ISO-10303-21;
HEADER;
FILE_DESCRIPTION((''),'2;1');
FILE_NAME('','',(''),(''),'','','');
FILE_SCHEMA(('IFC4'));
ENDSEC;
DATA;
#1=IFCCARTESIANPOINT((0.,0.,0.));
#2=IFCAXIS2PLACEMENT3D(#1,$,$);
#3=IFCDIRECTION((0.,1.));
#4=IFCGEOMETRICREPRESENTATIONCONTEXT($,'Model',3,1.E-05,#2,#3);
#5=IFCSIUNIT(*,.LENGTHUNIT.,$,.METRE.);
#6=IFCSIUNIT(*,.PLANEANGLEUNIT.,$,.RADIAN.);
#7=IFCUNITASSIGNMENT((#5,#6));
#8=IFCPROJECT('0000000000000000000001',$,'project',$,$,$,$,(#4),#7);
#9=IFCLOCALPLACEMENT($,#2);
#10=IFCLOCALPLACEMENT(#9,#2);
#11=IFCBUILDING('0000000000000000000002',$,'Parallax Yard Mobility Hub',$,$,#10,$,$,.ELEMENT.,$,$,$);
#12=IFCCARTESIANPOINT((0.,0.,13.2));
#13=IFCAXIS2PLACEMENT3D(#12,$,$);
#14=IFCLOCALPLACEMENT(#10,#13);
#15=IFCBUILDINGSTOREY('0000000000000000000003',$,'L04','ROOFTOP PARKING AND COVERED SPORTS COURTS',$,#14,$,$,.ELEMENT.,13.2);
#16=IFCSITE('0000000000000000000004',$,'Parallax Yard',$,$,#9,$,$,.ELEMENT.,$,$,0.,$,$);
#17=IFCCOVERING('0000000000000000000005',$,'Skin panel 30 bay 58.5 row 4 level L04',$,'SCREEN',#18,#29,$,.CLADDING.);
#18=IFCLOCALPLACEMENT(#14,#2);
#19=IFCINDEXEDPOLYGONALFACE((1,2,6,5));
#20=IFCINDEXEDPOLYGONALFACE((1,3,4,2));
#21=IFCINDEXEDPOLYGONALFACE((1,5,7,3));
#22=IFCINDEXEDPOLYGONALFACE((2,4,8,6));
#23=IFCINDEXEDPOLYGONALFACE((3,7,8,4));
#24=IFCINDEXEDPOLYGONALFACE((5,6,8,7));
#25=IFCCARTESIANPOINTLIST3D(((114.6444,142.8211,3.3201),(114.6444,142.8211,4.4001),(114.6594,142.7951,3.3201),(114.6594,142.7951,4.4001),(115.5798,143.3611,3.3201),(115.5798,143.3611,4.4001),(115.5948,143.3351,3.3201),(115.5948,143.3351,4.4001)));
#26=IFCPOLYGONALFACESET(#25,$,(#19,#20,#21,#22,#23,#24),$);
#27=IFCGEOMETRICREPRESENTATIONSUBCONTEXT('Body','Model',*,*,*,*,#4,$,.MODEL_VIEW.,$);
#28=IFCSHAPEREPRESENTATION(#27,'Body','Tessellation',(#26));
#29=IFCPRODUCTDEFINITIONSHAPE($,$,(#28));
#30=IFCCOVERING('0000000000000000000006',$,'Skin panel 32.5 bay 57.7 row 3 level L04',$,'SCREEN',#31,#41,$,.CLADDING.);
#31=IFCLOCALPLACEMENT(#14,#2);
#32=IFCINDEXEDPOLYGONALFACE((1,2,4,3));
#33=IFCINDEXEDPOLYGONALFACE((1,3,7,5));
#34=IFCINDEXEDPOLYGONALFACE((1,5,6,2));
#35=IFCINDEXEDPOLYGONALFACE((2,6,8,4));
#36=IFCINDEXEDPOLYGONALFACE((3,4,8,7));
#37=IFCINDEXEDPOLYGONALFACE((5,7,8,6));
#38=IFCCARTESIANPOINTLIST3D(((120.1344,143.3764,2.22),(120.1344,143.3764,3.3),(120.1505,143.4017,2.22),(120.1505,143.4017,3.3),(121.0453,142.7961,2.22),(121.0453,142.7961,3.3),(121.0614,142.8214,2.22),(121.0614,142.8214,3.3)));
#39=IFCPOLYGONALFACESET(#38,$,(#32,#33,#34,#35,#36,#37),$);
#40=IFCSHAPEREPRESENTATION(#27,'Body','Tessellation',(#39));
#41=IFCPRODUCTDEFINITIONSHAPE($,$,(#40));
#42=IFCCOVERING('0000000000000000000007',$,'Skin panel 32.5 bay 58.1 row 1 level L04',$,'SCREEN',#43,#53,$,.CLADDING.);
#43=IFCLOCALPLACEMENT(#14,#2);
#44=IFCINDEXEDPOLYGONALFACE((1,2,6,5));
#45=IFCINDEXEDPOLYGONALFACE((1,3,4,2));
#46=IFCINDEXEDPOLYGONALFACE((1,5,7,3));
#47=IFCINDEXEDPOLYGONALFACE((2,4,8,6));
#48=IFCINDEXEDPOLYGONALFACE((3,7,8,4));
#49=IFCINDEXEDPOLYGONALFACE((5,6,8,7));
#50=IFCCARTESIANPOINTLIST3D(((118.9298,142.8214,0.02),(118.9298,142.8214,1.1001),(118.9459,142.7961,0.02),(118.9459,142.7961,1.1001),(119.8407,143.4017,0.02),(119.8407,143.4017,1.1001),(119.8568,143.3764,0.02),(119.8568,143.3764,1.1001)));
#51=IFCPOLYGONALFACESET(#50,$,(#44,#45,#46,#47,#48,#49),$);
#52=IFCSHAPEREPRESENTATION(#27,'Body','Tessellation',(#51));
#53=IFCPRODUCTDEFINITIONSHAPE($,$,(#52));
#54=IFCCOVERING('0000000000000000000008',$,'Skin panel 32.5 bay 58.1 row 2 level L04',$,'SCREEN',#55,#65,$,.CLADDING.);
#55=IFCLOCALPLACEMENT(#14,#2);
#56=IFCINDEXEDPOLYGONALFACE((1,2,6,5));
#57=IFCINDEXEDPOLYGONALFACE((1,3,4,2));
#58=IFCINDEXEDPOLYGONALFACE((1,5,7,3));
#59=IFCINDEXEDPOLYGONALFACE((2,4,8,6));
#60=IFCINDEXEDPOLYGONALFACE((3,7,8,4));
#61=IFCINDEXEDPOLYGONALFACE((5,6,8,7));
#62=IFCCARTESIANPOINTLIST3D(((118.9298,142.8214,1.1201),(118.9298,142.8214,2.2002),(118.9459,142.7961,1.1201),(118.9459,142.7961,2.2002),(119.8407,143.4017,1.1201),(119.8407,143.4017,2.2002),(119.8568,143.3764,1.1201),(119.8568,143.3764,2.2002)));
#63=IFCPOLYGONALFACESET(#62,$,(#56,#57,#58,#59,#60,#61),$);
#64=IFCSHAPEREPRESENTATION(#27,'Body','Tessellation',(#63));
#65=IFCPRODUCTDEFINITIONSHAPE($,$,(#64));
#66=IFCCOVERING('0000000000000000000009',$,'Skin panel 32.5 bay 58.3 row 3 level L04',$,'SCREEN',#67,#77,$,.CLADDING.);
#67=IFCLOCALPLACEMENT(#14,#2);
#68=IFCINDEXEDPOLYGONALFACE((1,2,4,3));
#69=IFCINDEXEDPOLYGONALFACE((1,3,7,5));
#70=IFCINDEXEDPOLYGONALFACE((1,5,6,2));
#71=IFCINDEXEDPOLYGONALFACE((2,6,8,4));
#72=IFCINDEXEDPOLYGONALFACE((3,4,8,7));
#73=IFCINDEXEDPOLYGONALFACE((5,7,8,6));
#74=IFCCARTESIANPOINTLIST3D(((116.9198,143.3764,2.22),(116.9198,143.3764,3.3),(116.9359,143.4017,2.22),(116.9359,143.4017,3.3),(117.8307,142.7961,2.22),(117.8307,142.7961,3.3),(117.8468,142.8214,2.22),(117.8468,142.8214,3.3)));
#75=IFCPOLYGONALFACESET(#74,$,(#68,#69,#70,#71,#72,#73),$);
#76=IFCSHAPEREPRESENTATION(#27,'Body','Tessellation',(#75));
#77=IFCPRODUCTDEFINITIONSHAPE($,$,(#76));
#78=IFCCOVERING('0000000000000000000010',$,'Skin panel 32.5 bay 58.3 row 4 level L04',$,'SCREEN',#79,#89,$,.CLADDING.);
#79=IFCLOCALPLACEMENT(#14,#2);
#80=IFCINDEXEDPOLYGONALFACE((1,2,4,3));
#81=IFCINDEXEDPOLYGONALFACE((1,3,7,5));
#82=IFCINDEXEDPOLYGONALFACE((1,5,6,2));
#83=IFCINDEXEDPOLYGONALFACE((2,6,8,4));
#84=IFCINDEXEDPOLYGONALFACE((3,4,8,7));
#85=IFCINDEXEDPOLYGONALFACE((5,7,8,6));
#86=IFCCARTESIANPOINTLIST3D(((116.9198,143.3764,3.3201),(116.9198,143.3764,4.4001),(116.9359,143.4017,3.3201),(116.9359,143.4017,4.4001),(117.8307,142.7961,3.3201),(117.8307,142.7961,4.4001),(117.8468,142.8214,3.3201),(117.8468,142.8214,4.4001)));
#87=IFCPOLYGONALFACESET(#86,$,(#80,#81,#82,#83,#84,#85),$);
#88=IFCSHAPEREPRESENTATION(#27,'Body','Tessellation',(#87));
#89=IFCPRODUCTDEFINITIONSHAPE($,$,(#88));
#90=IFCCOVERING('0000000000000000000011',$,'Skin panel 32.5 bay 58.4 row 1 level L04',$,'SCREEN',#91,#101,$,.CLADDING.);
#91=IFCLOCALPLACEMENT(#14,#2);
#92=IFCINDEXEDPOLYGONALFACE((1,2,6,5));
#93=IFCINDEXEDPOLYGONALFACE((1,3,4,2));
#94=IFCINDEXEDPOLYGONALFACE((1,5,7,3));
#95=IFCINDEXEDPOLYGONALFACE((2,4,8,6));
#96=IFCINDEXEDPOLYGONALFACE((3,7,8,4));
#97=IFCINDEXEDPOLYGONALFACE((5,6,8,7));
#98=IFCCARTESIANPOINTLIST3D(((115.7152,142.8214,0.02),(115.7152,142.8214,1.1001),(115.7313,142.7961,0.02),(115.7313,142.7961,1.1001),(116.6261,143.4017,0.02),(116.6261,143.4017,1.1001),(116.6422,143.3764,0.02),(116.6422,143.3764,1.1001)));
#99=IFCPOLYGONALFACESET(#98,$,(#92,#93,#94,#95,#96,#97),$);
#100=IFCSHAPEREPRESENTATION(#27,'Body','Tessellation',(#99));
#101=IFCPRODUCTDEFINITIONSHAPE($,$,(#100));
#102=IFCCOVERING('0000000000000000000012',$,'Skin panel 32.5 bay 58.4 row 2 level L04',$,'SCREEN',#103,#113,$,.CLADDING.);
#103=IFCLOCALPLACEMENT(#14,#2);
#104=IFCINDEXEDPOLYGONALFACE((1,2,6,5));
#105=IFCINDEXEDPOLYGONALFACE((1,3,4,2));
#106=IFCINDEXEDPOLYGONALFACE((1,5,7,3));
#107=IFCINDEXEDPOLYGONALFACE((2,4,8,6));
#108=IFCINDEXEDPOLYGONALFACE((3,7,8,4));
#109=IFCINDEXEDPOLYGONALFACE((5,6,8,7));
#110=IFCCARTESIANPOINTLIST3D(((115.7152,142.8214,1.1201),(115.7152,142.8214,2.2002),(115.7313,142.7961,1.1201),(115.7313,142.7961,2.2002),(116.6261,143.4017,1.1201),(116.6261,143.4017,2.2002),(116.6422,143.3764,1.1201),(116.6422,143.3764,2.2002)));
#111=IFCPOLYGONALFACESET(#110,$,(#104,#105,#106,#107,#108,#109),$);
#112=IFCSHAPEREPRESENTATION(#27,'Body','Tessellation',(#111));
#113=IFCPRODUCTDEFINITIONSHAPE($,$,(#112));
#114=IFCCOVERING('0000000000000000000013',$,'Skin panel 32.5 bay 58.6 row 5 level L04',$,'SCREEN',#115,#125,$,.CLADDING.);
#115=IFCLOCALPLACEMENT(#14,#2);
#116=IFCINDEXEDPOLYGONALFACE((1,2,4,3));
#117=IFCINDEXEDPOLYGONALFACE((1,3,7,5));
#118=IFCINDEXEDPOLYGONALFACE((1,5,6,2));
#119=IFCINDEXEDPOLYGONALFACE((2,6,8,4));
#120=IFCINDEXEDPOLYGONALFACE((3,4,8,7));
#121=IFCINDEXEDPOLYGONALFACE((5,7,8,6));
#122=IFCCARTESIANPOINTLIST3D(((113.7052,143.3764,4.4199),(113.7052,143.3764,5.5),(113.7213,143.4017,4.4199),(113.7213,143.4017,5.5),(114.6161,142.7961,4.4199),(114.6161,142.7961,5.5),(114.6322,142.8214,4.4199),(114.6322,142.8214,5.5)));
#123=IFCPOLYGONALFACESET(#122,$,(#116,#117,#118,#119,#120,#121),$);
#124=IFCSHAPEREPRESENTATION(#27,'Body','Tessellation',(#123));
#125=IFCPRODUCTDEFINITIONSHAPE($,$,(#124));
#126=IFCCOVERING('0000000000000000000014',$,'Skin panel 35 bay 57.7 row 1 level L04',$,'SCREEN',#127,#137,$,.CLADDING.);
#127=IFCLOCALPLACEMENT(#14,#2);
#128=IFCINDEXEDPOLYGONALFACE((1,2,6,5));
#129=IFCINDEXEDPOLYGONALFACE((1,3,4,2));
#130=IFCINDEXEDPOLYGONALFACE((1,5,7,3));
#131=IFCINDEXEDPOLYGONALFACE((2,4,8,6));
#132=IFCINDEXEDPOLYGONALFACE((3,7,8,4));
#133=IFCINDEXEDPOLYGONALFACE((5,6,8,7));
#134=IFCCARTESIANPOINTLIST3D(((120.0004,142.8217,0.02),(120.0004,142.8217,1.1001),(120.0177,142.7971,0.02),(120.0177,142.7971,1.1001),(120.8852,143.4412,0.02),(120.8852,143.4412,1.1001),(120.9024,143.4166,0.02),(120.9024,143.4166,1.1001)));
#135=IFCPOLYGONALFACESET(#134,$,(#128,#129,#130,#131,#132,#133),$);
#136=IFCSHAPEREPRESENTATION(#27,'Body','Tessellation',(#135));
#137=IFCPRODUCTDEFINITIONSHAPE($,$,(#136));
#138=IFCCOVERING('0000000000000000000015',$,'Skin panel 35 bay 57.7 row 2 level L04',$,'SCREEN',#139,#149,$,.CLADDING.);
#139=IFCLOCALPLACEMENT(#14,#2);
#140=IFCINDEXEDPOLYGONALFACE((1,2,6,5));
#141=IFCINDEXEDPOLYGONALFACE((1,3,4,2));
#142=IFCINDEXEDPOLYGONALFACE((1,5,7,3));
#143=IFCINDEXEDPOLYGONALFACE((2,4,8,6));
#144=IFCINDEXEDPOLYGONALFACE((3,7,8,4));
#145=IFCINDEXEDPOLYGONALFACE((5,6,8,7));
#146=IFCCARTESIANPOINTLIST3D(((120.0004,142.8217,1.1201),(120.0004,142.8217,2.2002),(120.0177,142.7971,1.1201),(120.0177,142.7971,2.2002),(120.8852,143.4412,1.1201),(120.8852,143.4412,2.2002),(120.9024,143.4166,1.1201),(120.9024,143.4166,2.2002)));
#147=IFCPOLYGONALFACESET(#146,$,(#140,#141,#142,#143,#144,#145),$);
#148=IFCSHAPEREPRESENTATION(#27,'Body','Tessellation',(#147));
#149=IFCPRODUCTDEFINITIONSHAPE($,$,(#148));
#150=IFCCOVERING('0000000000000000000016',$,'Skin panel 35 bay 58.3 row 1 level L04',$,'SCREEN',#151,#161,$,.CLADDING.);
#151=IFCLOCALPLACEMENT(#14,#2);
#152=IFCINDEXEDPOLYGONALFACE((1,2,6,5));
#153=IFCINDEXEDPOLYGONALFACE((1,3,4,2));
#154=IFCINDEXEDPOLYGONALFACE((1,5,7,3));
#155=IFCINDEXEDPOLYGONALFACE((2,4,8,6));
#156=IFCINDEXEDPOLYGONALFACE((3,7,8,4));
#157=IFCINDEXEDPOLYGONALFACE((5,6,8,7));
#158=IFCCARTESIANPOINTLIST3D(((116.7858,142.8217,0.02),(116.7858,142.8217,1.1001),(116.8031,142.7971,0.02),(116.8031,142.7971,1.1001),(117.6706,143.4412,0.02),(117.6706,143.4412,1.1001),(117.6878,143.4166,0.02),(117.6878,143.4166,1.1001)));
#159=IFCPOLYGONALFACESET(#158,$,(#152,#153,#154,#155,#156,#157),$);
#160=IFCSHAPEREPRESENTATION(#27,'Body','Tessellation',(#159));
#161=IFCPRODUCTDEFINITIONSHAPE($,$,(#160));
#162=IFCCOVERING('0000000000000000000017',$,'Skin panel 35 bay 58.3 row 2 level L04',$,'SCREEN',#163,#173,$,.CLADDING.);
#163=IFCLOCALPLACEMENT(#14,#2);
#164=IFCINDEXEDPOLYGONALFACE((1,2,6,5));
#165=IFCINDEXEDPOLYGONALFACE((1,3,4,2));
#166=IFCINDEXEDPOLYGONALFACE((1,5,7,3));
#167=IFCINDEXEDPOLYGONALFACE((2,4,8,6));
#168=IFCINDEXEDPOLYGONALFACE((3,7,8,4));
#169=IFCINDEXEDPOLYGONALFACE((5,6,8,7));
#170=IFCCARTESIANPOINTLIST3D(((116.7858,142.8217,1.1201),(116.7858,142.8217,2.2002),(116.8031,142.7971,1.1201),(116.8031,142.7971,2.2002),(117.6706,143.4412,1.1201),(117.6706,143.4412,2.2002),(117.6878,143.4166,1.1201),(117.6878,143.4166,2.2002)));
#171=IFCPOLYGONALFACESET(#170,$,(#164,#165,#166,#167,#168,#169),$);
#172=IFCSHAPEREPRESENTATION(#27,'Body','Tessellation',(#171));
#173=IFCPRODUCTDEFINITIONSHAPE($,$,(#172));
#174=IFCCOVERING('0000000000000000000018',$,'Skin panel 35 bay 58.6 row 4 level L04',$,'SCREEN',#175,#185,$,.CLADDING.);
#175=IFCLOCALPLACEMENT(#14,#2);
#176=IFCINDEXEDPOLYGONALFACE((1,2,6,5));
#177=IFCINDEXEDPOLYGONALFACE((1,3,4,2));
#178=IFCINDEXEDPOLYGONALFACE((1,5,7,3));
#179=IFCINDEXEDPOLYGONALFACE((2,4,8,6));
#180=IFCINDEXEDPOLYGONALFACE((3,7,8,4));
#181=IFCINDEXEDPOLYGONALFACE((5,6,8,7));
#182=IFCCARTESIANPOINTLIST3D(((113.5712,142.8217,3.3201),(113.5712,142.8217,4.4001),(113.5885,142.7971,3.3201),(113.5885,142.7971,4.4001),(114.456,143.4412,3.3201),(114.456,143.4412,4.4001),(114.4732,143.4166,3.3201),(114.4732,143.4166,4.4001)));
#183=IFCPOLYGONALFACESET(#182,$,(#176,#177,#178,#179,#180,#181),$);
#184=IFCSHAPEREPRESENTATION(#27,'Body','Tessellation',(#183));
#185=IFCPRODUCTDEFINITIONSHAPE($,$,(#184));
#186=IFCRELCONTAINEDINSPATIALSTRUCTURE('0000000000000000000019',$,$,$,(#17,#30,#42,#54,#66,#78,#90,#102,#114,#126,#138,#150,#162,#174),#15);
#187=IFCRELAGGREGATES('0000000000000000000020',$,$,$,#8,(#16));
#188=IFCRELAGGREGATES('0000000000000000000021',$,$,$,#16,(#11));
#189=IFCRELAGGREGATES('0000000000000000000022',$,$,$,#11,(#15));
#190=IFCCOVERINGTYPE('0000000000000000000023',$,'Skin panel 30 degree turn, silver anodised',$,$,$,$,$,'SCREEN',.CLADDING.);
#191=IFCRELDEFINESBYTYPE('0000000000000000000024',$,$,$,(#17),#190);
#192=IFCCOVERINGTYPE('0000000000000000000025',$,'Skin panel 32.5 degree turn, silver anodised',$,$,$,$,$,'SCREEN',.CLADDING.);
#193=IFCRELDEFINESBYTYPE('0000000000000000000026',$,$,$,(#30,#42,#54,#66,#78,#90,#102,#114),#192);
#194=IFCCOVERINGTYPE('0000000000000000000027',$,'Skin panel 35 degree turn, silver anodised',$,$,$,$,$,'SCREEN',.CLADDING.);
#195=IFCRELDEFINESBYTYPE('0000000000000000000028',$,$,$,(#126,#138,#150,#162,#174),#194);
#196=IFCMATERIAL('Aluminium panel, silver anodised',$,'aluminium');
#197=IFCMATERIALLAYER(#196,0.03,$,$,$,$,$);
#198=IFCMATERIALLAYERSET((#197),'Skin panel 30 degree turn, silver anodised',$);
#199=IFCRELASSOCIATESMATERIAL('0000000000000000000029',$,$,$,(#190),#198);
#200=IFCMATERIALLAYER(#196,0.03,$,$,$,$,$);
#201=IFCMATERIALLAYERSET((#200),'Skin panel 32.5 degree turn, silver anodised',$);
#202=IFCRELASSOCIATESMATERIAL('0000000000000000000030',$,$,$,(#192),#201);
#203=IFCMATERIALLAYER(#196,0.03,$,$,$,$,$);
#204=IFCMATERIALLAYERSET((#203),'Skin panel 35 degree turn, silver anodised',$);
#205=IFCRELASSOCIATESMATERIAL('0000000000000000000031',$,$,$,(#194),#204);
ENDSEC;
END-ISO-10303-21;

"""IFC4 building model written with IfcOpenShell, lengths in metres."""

from ifc_helpers import new_model, si_unit, direction, frame, origin, origin_2d, place, context, subcontext, project, spatial, rectangle, extrude, material, layer, layer_set, type_object, element, save


model = new_model("IFC4")

# Units and contexts
model_context = context("Model", 3, precision=1e-05, world=origin(), true_north=direction((0.0, 1.0)))
body_context = subcontext(model_context, "Body", "Model", "MODEL_VIEW")
ifc_project = project(units=[si_unit("LENGTHUNIT", "METRE"), si_unit("PLANEANGLEUNIT", "RADIAN")], contexts=[model_context])

# Site, building, storey
site_placement = place(None, origin())
site = spatial("IfcSite", under=ifc_project, at=site_placement, Name="Parallax Yard", CompositionType="ELEMENT", RefElevation=0.0)
building_placement = place(site_placement, origin())
building = spatial("IfcBuilding", under=site, at=building_placement, Name="Parallax Yard Mobility Hub", CompositionType="ELEMENT")
storey_placement = place(building_placement, frame((0.0, 0.0, 13.2)))
storey = spatial("IfcBuildingStorey", under=building, at=storey_placement, Name="L04", Description="ROOFTOP PARKING AND COVERED SPORTS COURTS", CompositionType="ELEMENT", Elevation=13.2)

# Coverings
ifc_material = material(Name="Aluminium panel, silver anodised", Category="aluminium")
ifc_layer_1 = layer(ifc_material, 0.03)
ifc_layer_set_1 = layer_set([ifc_layer_1], Name="Skin panel 30 degree turn, silver anodised")
covering_type_1 = type_object("IfcCoveringType", Name="Skin panel 30 degree turn, silver anodised", ElementType="SCREEN", PredefinedType="CLADDING", material=ifc_layer_set_1)
for number, where, z_axis, x_axis, name in (
    (1, (115.1196, 143.0781, 3.3201), (0.0, 0.0, 1.0), (0.866025, 0.5, 0.0), "Skin panel 30 bay 58.5 row 4 level L04"),
):
    element("IfcCovering", number, at=place(storey_placement, frame(where, z_axis=z_axis, x_axis=x_axis)), inside=storey, type_object=covering_type_1, Name=name, ObjectType="SCREEN", PredefinedType="CLADDING", context=body_context, shape_type="SweptSolid", body=[
        extrude(rectangle(XDim=1.0801, YDim=0.03, at=origin_2d()), origin(), (0.0, 0.0, 1.0), 1.0801),
    ])
ifc_layer_2 = layer(ifc_material, 0.03)
ifc_layer_set_2 = layer_set([ifc_layer_2], Name="Skin panel 32.5 degree turn, silver anodised")
covering_type_2 = type_object("IfcCoveringType", Name="Skin panel 32.5 degree turn, silver anodised", ElementType="SCREEN", PredefinedType="CLADDING", material=ifc_layer_set_2)
for number, where, z_axis, x_axis, name in (
    (2, (120.5979, 143.0989, 2.22), (0.0, 0.0, 1.0), (-0.843391, 0.5373, 0.0), "Skin panel 32.5 bay 57.7 row 3 level L04"),
    (3, (119.3933, 143.0989, 0.02), (0.0, 0.0, 1.0), (0.843391, 0.5373, 0.0), "Skin panel 32.5 bay 58.1 row 1 level L04"),
    (4, (119.3933, 143.0989, 1.1201), (0.0, 0.0, 1.0), (0.843391, 0.5373, 0.0), "Skin panel 32.5 bay 58.1 row 2 level L04"),
    (5, (117.3833, 143.0989, 2.22), (0.0, 0.0, 1.0), (-0.843391, 0.5373, 0.0), "Skin panel 32.5 bay 58.3 row 3 level L04"),
    (6, (117.3833, 143.0989, 3.3201), (0.0, 0.0, 1.0), (-0.843391, 0.5373, 0.0), "Skin panel 32.5 bay 58.3 row 4 level L04"),
    (7, (116.1787, 143.0989, 0.02), (0.0, 0.0, 1.0), (0.843391, 0.5373, 0.0), "Skin panel 32.5 bay 58.4 row 1 level L04"),
    (8, (116.1787, 143.0989, 1.1201), (0.0, 0.0, 1.0), (0.843391, 0.5373, 0.0), "Skin panel 32.5 bay 58.4 row 2 level L04"),
    (9, (114.1687, 143.0989, 4.4199), (0.0, 0.0, 1.0), (-0.843391, 0.5373, 0.0), "Skin panel 32.5 bay 58.6 row 5 level L04"),
):
    element("IfcCovering", number, at=place(storey_placement, frame(where, z_axis=z_axis, x_axis=x_axis)), inside=storey, type_object=covering_type_2, Name=name, ObjectType="SCREEN", PredefinedType="CLADDING", context=body_context, shape_type="SweptSolid", body=[
        extrude(rectangle(XDim=1.0801, YDim=0.03, at=origin_2d()), origin(), (0.0, 0.0, 1.0), 1.0801),
    ])
ifc_layer_3 = layer(ifc_material, 0.03)
ifc_layer_set_3 = layer_set([ifc_layer_3], Name="Skin panel 35 degree turn, silver anodised")
covering_type_3 = type_object("IfcCoveringType", Name="Skin panel 35 degree turn, silver anodised", ElementType="SCREEN", PredefinedType="CLADDING", material=ifc_layer_set_3)
for number, where, z_axis, x_axis, name in (
    (10, (120.4514, 143.1191, 0.02), (0.0, 0.0, 1.0), (0.819152, 0.573576, 0.0), "Skin panel 35 bay 57.7 row 1 level L04"),
    (11, (120.4514, 143.1191, 1.1201), (0.0, 0.0, 1.0), (0.819152, 0.573576, 0.0), "Skin panel 35 bay 57.7 row 2 level L04"),
    (12, (117.2368, 143.1191, 0.02), (0.0, 0.0, 1.0), (0.819152, 0.573576, 0.0), "Skin panel 35 bay 58.3 row 1 level L04"),
    (13, (117.2368, 143.1191, 1.1201), (0.0, 0.0, 1.0), (0.819152, 0.573576, 0.0), "Skin panel 35 bay 58.3 row 2 level L04"),
    (14, (114.0222, 143.1191, 3.3201), (0.0, 0.0, 1.0), (0.819152, 0.573576, 0.0), "Skin panel 35 bay 58.6 row 4 level L04"),
):
    element("IfcCovering", number, at=place(storey_placement, frame(where, z_axis=z_axis, x_axis=x_axis)), inside=storey, type_object=covering_type_3, Name=name, ObjectType="SCREEN", PredefinedType="CLADDING", context=body_context, shape_type="SweptSolid", body=[
        extrude(rectangle(XDim=1.0801, YDim=0.03, at=origin_2d()), origin(), (0.0, 0.0, 1.0), 1.0801),
    ])

save(model, "model.ifc")
